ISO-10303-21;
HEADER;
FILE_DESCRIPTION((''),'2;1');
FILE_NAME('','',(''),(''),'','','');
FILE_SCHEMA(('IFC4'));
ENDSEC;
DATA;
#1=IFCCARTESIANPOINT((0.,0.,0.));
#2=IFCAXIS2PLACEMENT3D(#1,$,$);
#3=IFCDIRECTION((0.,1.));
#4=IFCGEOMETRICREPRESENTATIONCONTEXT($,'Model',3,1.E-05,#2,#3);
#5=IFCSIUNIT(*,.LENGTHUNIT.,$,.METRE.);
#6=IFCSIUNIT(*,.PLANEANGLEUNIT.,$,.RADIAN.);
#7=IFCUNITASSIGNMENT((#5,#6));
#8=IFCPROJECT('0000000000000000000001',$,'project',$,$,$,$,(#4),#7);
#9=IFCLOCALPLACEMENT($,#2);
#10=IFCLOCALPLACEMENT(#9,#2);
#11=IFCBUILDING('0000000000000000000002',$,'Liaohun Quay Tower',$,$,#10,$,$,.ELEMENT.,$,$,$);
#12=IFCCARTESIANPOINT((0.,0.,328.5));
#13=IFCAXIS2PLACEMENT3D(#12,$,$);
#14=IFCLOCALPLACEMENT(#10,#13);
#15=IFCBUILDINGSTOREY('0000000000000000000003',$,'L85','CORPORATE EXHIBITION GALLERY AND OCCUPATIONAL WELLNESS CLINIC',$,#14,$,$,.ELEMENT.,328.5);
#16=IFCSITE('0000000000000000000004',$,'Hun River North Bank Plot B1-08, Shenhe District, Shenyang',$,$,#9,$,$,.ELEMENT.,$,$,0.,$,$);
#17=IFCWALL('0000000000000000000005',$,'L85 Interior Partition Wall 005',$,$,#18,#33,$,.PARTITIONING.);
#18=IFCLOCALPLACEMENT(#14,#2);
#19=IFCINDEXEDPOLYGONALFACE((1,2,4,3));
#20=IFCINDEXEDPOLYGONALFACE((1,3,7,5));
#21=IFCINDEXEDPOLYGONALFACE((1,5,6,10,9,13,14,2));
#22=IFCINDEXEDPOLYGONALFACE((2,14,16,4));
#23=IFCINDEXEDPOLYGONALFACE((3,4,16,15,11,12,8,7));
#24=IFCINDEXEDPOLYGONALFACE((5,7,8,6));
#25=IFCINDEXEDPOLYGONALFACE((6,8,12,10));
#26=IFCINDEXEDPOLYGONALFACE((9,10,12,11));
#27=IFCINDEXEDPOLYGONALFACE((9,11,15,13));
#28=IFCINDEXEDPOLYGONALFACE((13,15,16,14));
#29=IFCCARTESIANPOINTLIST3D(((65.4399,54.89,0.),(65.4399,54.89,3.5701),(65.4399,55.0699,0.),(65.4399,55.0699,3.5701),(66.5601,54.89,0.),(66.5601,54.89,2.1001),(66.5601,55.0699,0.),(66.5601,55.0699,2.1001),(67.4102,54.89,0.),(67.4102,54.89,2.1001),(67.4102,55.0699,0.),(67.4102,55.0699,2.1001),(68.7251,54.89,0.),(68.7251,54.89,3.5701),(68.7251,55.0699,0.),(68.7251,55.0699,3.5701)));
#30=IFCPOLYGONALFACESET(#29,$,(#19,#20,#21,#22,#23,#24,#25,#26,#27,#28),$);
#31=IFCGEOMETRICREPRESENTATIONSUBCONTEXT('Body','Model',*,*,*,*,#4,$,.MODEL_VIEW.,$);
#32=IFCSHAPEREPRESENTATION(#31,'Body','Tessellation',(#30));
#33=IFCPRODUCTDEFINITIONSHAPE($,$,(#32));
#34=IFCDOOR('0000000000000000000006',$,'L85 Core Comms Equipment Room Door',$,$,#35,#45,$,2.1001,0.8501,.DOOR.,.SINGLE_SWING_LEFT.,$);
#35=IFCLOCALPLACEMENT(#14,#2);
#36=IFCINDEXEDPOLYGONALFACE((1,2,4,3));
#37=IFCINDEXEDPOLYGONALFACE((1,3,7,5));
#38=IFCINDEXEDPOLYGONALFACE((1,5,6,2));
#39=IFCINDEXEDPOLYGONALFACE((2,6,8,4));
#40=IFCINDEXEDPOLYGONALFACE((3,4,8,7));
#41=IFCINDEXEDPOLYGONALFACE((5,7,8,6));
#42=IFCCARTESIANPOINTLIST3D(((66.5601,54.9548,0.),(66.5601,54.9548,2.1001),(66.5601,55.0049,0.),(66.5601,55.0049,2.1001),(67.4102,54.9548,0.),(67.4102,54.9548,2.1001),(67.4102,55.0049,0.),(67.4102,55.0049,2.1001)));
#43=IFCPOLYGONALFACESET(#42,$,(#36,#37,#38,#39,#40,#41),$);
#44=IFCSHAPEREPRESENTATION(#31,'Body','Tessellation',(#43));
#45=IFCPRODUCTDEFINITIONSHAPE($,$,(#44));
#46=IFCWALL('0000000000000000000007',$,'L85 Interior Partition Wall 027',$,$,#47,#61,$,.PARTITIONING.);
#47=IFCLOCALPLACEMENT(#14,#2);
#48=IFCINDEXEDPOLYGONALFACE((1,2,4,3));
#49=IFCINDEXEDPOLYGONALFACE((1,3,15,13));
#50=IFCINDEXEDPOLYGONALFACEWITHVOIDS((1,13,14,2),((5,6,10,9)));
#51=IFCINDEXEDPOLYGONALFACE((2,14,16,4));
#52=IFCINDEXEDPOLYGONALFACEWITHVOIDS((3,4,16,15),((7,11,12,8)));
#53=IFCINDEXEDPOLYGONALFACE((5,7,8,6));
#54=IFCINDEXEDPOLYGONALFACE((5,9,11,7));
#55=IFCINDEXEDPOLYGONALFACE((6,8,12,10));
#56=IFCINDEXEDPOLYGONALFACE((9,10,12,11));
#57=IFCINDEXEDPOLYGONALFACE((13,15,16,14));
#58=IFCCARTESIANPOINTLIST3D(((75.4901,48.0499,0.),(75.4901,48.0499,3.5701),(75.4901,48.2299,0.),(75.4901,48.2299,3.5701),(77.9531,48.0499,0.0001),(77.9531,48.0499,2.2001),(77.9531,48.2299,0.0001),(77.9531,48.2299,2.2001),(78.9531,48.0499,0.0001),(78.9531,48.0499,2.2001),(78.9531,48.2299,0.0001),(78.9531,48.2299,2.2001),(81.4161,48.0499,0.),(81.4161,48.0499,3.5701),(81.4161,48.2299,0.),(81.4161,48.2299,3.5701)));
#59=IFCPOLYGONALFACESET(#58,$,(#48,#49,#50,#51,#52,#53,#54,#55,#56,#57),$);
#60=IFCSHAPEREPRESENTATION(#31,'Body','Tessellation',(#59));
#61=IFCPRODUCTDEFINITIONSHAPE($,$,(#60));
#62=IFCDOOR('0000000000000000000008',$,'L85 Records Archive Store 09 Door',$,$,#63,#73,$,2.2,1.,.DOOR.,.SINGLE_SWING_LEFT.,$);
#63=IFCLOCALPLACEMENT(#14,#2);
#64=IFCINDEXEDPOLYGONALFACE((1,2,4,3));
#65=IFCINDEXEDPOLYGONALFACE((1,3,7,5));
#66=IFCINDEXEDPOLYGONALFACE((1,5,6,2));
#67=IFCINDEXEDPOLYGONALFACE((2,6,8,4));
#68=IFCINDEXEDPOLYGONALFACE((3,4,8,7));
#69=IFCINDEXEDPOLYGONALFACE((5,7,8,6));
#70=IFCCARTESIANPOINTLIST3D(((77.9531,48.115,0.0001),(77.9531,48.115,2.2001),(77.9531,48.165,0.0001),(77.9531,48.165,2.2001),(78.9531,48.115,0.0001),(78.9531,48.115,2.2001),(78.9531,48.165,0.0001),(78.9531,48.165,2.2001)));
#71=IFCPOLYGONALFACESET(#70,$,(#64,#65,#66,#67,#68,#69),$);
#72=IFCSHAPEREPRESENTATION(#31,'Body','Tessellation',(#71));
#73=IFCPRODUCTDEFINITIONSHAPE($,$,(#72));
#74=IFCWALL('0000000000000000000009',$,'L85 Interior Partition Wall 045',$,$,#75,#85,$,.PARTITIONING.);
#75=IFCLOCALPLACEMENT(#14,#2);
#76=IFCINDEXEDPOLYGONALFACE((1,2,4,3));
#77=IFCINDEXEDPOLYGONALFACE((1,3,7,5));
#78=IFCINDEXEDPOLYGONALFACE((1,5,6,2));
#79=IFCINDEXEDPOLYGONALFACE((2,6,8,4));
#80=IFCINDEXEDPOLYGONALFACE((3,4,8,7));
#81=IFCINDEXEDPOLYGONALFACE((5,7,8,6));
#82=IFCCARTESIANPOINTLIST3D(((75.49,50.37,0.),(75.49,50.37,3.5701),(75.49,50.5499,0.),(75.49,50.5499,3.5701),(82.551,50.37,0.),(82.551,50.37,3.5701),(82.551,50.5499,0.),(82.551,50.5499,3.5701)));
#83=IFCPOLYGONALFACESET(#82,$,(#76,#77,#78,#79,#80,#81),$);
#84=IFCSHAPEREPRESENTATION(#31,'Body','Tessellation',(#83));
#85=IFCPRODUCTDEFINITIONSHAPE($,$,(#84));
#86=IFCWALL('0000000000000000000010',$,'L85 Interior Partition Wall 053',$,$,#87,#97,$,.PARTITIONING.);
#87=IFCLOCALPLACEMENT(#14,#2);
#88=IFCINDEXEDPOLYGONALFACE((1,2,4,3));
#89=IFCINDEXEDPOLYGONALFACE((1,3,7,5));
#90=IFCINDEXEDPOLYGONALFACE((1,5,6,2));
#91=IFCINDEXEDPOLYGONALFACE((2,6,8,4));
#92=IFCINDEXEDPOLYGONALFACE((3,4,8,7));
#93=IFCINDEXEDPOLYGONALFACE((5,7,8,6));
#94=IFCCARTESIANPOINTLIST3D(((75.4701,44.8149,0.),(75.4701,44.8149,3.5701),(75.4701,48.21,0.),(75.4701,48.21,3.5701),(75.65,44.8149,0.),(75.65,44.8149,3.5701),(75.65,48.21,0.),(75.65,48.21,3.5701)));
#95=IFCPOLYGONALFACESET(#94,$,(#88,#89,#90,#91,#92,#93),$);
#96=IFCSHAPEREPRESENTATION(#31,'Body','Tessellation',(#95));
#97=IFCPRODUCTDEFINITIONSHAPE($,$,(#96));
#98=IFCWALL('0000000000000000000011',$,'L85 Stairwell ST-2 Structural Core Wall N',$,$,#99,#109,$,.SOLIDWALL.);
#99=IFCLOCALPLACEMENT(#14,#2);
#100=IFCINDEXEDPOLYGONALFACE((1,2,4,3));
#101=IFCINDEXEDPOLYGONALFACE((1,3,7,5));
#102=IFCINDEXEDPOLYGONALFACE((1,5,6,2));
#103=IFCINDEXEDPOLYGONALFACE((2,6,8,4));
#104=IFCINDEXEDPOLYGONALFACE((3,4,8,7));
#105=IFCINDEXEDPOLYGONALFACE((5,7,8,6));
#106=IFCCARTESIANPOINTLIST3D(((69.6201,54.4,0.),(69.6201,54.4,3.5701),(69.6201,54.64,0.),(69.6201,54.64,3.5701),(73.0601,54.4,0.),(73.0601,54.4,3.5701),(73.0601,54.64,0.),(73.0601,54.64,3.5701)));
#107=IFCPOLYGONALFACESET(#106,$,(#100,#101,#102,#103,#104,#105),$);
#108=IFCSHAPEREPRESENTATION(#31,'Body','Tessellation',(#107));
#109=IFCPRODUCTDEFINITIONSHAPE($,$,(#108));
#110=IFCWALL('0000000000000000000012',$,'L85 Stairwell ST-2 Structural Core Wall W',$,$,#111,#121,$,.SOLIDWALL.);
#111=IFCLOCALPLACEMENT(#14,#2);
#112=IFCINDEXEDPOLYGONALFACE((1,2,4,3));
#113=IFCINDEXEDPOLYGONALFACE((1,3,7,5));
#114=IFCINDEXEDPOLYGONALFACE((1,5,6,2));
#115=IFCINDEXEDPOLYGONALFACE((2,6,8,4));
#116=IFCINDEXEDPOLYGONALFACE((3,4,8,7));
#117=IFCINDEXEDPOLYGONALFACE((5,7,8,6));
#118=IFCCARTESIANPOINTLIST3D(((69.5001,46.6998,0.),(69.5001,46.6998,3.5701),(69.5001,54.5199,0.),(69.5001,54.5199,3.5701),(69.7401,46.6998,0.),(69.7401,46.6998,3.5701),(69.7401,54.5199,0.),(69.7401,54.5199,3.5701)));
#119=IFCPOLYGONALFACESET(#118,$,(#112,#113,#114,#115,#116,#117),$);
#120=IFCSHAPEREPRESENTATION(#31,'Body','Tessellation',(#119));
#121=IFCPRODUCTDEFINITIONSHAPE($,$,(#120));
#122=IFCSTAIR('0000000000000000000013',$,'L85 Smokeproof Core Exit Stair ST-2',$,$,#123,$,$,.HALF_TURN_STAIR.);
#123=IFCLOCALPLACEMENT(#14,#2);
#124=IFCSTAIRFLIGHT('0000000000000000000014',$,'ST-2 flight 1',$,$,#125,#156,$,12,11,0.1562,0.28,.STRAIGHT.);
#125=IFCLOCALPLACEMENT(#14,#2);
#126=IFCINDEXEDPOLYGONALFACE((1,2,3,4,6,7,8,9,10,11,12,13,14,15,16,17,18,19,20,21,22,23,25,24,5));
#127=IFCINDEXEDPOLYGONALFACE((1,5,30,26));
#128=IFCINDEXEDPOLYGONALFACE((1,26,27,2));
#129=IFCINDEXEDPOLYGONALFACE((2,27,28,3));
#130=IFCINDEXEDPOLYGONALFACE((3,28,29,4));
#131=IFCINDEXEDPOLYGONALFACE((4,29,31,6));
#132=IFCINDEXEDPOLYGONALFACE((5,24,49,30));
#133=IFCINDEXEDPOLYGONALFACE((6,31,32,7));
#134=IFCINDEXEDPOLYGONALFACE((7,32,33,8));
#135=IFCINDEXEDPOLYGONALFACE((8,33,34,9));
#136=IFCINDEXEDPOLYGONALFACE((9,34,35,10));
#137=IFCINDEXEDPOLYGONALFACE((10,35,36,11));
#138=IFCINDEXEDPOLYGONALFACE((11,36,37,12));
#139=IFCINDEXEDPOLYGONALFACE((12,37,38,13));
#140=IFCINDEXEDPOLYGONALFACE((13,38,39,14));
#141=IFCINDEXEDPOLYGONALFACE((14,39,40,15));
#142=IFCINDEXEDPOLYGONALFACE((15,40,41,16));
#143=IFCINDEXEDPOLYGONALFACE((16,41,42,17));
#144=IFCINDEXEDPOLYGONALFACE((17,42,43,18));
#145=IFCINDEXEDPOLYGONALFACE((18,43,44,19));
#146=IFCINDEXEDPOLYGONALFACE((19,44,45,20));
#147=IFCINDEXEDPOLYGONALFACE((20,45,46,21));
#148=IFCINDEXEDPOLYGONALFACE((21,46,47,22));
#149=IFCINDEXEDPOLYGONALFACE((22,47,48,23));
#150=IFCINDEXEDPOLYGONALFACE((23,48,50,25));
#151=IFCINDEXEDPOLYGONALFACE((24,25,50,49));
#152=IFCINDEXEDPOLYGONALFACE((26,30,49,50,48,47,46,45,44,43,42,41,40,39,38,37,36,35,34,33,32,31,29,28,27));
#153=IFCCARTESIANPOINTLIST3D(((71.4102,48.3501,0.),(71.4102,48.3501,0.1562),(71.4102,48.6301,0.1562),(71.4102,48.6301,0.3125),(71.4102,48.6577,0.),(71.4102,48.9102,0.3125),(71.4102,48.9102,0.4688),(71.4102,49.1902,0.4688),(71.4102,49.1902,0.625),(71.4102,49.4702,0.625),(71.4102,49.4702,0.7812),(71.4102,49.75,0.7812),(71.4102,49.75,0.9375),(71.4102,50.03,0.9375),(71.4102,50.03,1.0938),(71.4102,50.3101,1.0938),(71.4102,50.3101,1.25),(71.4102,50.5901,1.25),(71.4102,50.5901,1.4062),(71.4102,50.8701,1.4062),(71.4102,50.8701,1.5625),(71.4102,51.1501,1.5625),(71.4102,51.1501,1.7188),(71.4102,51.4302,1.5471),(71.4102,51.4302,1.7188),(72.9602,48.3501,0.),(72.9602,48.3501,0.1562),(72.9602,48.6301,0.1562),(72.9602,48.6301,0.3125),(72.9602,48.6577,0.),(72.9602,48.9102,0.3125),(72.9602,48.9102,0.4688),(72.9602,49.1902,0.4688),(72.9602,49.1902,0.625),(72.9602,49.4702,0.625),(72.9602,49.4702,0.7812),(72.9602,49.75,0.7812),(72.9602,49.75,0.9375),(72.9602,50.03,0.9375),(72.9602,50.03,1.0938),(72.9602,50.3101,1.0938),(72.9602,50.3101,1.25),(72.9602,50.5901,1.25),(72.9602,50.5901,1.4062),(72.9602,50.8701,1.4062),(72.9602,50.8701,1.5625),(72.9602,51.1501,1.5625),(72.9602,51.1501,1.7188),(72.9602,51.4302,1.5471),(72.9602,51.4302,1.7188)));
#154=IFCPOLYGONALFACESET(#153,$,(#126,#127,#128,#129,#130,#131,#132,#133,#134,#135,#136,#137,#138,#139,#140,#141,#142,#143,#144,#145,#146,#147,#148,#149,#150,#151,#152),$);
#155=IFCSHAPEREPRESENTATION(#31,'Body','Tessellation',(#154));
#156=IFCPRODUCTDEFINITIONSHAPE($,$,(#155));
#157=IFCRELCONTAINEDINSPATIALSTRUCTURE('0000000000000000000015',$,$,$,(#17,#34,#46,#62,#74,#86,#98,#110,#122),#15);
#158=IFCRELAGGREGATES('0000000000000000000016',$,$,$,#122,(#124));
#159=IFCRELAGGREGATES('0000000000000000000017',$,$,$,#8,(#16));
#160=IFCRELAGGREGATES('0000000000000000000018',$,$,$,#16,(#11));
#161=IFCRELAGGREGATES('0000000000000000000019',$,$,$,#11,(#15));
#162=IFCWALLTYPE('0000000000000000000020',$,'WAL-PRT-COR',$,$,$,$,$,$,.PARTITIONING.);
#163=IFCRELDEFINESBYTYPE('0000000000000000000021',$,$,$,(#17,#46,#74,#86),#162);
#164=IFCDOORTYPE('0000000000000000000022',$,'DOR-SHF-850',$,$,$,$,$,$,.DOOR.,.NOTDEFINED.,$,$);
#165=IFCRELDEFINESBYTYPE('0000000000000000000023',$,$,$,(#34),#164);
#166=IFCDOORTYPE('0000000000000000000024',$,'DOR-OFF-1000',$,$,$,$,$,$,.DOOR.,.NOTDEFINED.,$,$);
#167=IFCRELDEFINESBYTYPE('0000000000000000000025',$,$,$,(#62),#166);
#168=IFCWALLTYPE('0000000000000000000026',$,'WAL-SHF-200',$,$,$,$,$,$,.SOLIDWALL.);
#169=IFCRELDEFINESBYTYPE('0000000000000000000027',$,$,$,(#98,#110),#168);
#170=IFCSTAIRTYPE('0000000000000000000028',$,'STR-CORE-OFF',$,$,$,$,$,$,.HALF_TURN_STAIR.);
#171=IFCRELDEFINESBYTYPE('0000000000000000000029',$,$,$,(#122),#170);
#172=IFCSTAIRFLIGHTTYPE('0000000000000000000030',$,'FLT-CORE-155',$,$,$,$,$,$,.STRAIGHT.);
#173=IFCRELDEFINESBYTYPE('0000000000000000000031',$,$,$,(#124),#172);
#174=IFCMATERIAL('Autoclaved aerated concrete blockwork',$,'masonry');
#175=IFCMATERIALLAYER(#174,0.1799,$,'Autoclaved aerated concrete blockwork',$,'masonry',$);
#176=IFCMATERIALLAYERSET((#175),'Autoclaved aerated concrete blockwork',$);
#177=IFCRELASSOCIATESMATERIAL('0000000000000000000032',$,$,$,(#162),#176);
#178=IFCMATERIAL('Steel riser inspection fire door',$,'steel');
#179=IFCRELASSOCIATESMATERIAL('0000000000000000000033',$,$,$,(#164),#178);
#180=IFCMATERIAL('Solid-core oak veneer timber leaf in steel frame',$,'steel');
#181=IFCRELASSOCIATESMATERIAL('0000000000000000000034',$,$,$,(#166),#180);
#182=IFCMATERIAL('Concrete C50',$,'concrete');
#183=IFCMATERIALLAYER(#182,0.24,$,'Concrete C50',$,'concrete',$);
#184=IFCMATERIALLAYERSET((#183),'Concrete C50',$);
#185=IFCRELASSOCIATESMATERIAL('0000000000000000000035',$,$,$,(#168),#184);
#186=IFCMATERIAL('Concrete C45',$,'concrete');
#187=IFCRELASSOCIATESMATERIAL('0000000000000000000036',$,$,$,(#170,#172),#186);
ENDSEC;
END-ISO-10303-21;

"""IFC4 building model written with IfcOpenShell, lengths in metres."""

from ifc_helpers import new_model, si_unit, direction, frame, frame_2d, origin, place, context, subcontext, project, spatial, polyline, rectangle, outline, extrude, source, transform, mapped, material, layer, layer_set, type_object, element, fill, aggregate, save


model = new_model("IFC4")

# Units and contexts
model_context = context("Model", 3, precision=1e-05, world=origin(), true_north=direction((0.0, 1.0)))
body_context = subcontext(model_context, "Body", "Model", "MODEL_VIEW")
ifc_project = project(units=[si_unit("LENGTHUNIT", "METRE"), si_unit("PLANEANGLEUNIT", "RADIAN")], contexts=[model_context])

# Site, building, storey
site_placement = place(None, origin())
site = spatial("IfcSite", under=ifc_project, at=site_placement, Name="Hun River North Bank Plot B1-08, Shenhe District, Shenyang", CompositionType="ELEMENT", RefElevation=0.0)
building_placement = place(site_placement, origin())
building = spatial("IfcBuilding", under=site, at=building_placement, Name="Liaohun Quay Tower", CompositionType="ELEMENT")
storey_placement = place(building_placement, frame((0.0, 0.0, 328.5)))
storey = spatial("IfcBuildingStorey", under=building, at=storey_placement, Name="L85", Description="CORPORATE EXHIBITION GALLERY AND OCCUPATIONAL WELLNESS CLINIC", CompositionType="ELEMENT", Elevation=328.5)

# Walls, openings, doors
ifc_material_1 = material(Name="Autoclaved aerated concrete blockwork", Category="masonry")
ifc_layer_1 = layer(ifc_material_1, 0.1799, Name="Autoclaved aerated concrete blockwork", Category="masonry")
ifc_layer_set_1 = layer_set([ifc_layer_1], Name="Autoclaved aerated concrete blockwork")
wall_type_1 = type_object("IfcWallType", Name="WAL-PRT-COR", PredefinedType="PARTITIONING", material=ifc_layer_set_1)
wall_1_placement = place(storey_placement, frame((65.4399, 54.98, 0.0), z_axis=(0.0, 0.0, 1.0), x_axis=(1.0, 0.0, 0.0)))
wall_1 = element("IfcWall", 1, at=wall_1_placement, inside=storey, type_object=wall_type_1, Name="L85 Interior Partition Wall 005", PredefinedType="PARTITIONING", context=body_context, shape_type="SweptSolid", body=[
    extrude(rectangle(XDim=3.2852, YDim=0.1799, at=frame_2d((1.6426, 0.0))), origin(), (0.0, 0.0, 1.0), 3.5701),
])
shared_shape_1 = source(origin(), body_context, "Body", "SweptSolid", [
    extrude(rectangle(XDim=0.8501, YDim=2.1001, at=frame_2d((0.425, 1.05))), frame((0.0, 0.0999, 0.0), z_axis=(0.0, -1.0, 0.0), x_axis=(1.0, 0.0, 0.0)), (0.0, 0.0, 1.0), 0.2),
])
opening_1_placement = place(wall_1_placement, frame((1.1201, 0.0, 0.0)))
opening_1 = element("IfcOpeningElement", 2, at=opening_1_placement, cuts=wall_1, PredefinedType="OPENING", context=body_context, shape_type="MappedRepresentation", body=[
    mapped(shared_shape_1, transform((0.0, 0.0, 0.0), x_axis=(1.0, 0.0, 0.0), y_axis=(0.0, 1.0, 0.0), z_axis=(0.0, 0.0, 1.0), scale=1.0)),
])
ifc_material_2 = material(Name="Steel riser inspection fire door", Category="steel")
door_type_1 = type_object("IfcDoorType", Name="DOR-SHF-850", OperationType="NOTDEFINED", PredefinedType="DOOR", material=ifc_material_2)
shared_shape_2 = source(origin(), body_context, "Body", "SweptSolid", [
    extrude(rectangle(XDim=0.8501, YDim=2.1001, at=frame_2d((0.425, 1.05))), frame((0.0, 0.0249, 0.0), z_axis=(0.0, -1.0, 0.0), x_axis=(1.0, 0.0, 0.0)), (0.0, 0.0, 1.0), 0.05),
])
door_1_placement = place(opening_1_placement, origin())
door_1 = element("IfcDoor", 3, at=door_1_placement, inside=storey, type_object=door_type_1, Name="L85 Core Comms Equipment Room Door", OperationType="SINGLE_SWING_LEFT", OverallHeight=2.1001, OverallWidth=0.8501, PredefinedType="DOOR", context=body_context, shape_type="MappedRepresentation", body=[
    mapped(shared_shape_2, transform((0.0, 0.0, 0.0), x_axis=(1.0, 0.0, 0.0), y_axis=(0.0, 1.0, 0.0), z_axis=(0.0, 0.0, 1.0), scale=1.0)),
])
fill(opening_1, door_1)
wall_2_placement = place(storey_placement, frame((81.416, 48.1399, 0.0), z_axis=(0.0, 0.0, 1.0), x_axis=(-1.0, 0.0, 0.0)))
wall_2 = element("IfcWall", 4, at=wall_2_placement, inside=storey, type_object=wall_type_1, Name="L85 Interior Partition Wall 027", PredefinedType="PARTITIONING", context=body_context, shape_type="SweptSolid", body=[
    extrude(rectangle(XDim=5.926, YDim=0.1799, at=frame_2d((2.9629, 0.0))), origin(), (0.0, 0.0, 1.0), 3.5701),
])
shared_shape_3 = source(origin(), body_context, "Body", "SweptSolid", [
    extrude(rectangle(XDim=1.0, YDim=2.2, at=frame_2d((0.5, 1.1001))), frame((0.0, 0.0999, 0.0), z_axis=(0.0, -1.0, 0.0), x_axis=(1.0, 0.0, 0.0)), (0.0, 0.0, 1.0), 0.2),
])
opening_2_placement = place(wall_2_placement, frame((2.4629, 0.0, 0.0)))
opening_2 = element("IfcOpeningElement", 5, at=opening_2_placement, cuts=wall_2, PredefinedType="OPENING", context=body_context, shape_type="MappedRepresentation", body=[
    mapped(shared_shape_3, transform((0.0, 0.0, 0.0), x_axis=(1.0, 0.0, 0.0), y_axis=(0.0, 1.0, 0.0), z_axis=(0.0, 0.0, 1.0), scale=1.0)),
])
ifc_material_3 = material(Name="Solid-core oak veneer timber leaf in steel frame", Category="steel")
door_type_2 = type_object("IfcDoorType", Name="DOR-OFF-1000", OperationType="NOTDEFINED", PredefinedType="DOOR", material=ifc_material_3)
shared_shape_4 = source(origin(), body_context, "Body", "SweptSolid", [
    extrude(rectangle(XDim=1.0, YDim=2.2, at=frame_2d((0.5, 1.1001))), frame((0.0, 0.0249, 0.0), z_axis=(0.0, -1.0, 0.0), x_axis=(1.0, 0.0, 0.0)), (0.0, 0.0, 1.0), 0.05),
])
door_2_placement = place(opening_2_placement, origin())
door_2 = element("IfcDoor", 6, at=door_2_placement, inside=storey, type_object=door_type_2, Name="L85 Records Archive Store 09 Door", OperationType="SINGLE_SWING_LEFT", OverallHeight=2.2, OverallWidth=1.0, PredefinedType="DOOR", context=body_context, shape_type="MappedRepresentation", body=[
    mapped(shared_shape_4, transform((0.0, 0.0, 0.0), x_axis=(1.0, 0.0, 0.0), y_axis=(0.0, 1.0, 0.0), z_axis=(0.0, 0.0, 1.0), scale=1.0)),
])
fill(opening_2, door_2)

# Walls
wall_3_placement = place(storey_placement, frame((75.49, 50.46, 0.0), z_axis=(0.0, 0.0, 1.0), x_axis=(1.0, 0.0, 0.0)))
element("IfcWall", 7, at=wall_3_placement, inside=storey, type_object=wall_type_1, Name="L85 Interior Partition Wall 045", PredefinedType="PARTITIONING", context=body_context, shape_type="SweptSolid", body=[
    extrude(rectangle(XDim=7.061, YDim=0.1799, at=frame_2d((3.5305, 0.0))), origin(), (0.0, 0.0, 1.0), 3.5701),
])
wall_4_placement = place(storey_placement, frame((75.5601, 48.21, 0.0), z_axis=(0.0, 0.0, 1.0), x_axis=(0.0, -1.0, 0.0)))
element("IfcWall", 8, at=wall_4_placement, inside=storey, type_object=wall_type_1, Name="L85 Interior Partition Wall 053", PredefinedType="PARTITIONING", context=body_context, shape_type="SweptSolid", body=[
    extrude(rectangle(XDim=3.395, YDim=0.1799, at=frame_2d((1.6975, 0.0))), origin(), (0.0, 0.0, 1.0), 3.5701),
])
ifc_material_4 = material(Name="Concrete C50", Category="concrete")
ifc_layer_2 = layer(ifc_material_4, 0.24, Name="Concrete C50", Category="concrete")
ifc_layer_set_2 = layer_set([ifc_layer_2], Name="Concrete C50")
wall_type_2 = type_object("IfcWallType", Name="WAL-SHF-200", PredefinedType="SOLIDWALL", material=ifc_layer_set_2)
wall_5_placement = place(storey_placement, frame((73.0601, 54.52, 0.0), z_axis=(0.0, 0.0, 1.0), x_axis=(-1.0, 0.0, 0.0)))
element("IfcWall", 9, at=wall_5_placement, inside=storey, type_object=wall_type_2, Name="L85 Stairwell ST-2 Structural Core Wall N", PredefinedType="SOLIDWALL", context=body_context, shape_type="SweptSolid", body=[
    extrude(rectangle(XDim=3.4399, YDim=0.24, at=frame_2d((1.72, 0.0))), origin(), (0.0, 0.0, 1.0), 3.5701),
])
wall_6_placement = place(storey_placement, frame((69.6201, 54.52, 0.0), z_axis=(0.0, 0.0, 1.0), x_axis=(0.0, -1.0, 0.0)))
element("IfcWall", 10, at=wall_6_placement, inside=storey, type_object=wall_type_2, Name="L85 Stairwell ST-2 Structural Core Wall W", PredefinedType="SOLIDWALL", context=body_context, shape_type="SweptSolid", body=[
    extrude(rectangle(XDim=7.8201, YDim=0.24, at=frame_2d((3.9102, 0.0))), origin(), (0.0, 0.0, 1.0), 3.5701),
])

# Stair, stair flight
ifc_material_5 = material(Name="Concrete C45", Category="concrete")
stair_type = type_object("IfcStairType", Name="STR-CORE-OFF", PredefinedType="HALF_TURN_STAIR", material=ifc_material_5)
stair_placement = place(storey_placement, origin())
stair = element("IfcStair", 11, at=stair_placement, inside=storey, type_object=stair_type, Name="L85 Smokeproof Core Exit Stair ST-2", PredefinedType="HALF_TURN_STAIR")
stair_flight_type = type_object("IfcStairFlightType", Name="FLT-CORE-155", PredefinedType="STRAIGHT", material=ifc_material_5)
stair_flight_1_placement = place(storey_placement, frame((72.1851, 48.3501, 0.0), z_axis=(0.0, 0.0, 1.0), x_axis=(0.0, 1.0, 0.0)))
stair_flight_1 = element("IfcStairFlight", 12, at=stair_flight_1_placement, type_object=stair_flight_type, Name="ST-2 flight 1", NumberOfRisers=12, NumberOfTreads=11, PredefinedType="STRAIGHT", RiserHeight=0.1562, TreadLength=0.28, context=body_context, shape_type="SweptSolid", body=[
    extrude(outline(polyline([(0.0, 0.0), (0.0, 0.1562), (0.28, 0.1562), (0.28, 0.3125), (0.5601, 0.3125), (0.5601, 0.4688), (0.8401, 0.4688), (0.8401, 0.625), (1.1201, 0.625), (1.1201, 0.7812), (1.3999, 0.7812), (1.3999, 0.9375), (1.6799, 0.9375), (1.6799, 1.0938), (1.96, 1.0938), (1.96, 1.25), (2.24, 1.25), (2.24, 1.4062), (2.52, 1.4062), (2.52, 1.5625), (2.8, 1.5625), (2.8, 1.7188), (3.0801, 1.7188), (3.0801, 1.875), (3.0801, 1.5471), (0.3076, 0.0), (0.0, 0.0)])), frame((0.0, 0.7749, 0.0), z_axis=(0.0, -1.0, 0.0), x_axis=(1.0, 0.0, 0.0)), (0.0, 0.0, 1.0), 1.55),
])
aggregate(stair, [stair_flight_1])

save(model, "model.ifc")
